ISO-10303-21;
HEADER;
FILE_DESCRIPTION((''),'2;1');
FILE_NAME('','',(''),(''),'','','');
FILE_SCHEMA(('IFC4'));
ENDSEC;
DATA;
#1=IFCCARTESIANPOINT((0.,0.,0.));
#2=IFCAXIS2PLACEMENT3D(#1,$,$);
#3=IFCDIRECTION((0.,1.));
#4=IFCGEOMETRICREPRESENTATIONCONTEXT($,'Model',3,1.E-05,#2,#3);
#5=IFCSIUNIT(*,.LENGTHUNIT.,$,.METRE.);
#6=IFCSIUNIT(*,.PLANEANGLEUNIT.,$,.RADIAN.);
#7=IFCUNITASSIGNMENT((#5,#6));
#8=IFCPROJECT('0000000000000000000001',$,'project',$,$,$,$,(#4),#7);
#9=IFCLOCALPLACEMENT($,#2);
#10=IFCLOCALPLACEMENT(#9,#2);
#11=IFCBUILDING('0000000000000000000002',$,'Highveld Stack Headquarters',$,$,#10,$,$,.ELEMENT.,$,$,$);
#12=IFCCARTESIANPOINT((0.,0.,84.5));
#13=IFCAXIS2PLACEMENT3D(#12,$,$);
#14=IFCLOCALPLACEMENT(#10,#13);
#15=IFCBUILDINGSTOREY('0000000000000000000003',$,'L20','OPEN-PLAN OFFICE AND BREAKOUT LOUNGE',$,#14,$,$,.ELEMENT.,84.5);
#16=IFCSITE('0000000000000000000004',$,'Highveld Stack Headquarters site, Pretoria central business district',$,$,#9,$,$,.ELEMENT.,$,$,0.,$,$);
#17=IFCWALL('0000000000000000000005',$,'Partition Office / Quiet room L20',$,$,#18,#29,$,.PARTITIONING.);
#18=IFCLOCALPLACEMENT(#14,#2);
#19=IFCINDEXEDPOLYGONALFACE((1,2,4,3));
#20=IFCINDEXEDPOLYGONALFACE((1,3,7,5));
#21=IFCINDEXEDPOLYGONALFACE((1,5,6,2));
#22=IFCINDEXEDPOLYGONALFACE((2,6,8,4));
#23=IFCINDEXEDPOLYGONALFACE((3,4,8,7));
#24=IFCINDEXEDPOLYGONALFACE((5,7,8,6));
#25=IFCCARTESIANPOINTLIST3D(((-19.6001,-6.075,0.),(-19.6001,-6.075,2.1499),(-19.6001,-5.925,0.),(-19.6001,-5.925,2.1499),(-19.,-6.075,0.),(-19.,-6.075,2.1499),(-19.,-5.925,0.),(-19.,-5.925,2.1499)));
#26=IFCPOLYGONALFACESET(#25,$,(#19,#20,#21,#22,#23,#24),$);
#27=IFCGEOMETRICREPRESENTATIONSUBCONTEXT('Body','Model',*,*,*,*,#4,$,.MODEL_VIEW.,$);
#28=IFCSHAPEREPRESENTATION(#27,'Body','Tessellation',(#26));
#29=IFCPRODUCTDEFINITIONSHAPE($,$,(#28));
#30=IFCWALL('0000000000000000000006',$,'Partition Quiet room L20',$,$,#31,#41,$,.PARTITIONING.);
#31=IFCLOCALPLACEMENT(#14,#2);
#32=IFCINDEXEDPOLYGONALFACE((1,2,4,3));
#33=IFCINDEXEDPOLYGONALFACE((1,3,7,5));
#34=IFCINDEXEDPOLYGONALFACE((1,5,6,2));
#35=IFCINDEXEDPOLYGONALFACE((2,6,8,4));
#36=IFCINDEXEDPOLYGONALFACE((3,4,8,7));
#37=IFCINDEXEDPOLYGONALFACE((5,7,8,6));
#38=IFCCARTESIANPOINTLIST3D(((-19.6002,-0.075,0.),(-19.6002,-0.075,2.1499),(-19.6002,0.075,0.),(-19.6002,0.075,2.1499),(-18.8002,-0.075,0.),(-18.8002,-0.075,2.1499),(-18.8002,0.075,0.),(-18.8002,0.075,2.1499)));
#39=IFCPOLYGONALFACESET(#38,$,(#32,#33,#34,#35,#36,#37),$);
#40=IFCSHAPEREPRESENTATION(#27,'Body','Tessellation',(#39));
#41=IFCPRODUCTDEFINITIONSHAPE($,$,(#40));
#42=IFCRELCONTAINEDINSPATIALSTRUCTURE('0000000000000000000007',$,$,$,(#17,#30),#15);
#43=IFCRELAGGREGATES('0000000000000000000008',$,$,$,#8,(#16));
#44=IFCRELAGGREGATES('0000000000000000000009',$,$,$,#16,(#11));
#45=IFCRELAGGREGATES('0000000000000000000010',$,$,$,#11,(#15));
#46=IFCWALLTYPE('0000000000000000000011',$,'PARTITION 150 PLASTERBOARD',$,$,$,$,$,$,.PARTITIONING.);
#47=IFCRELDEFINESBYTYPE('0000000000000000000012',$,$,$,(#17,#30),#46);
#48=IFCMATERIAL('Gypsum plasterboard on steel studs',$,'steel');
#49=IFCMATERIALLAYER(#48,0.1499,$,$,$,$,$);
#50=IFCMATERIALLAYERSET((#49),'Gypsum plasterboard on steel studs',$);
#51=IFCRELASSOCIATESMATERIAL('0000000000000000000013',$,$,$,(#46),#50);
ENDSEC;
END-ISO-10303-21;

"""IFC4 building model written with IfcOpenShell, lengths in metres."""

from ifc_helpers import new_model, si_unit, direction, frame, frame_2d, origin, place, context, subcontext, project, spatial, rectangle, extrude, material, layer, layer_set, type_object, element, save


model = new_model("IFC4")

# Units and contexts
model_context = context("Model", 3, precision=1e-05, world=origin(), true_north=direction((0.0, 1.0)))
body_context = subcontext(model_context, "Body", "Model", "MODEL_VIEW")
ifc_project = project(units=[si_unit("LENGTHUNIT", "METRE"), si_unit("PLANEANGLEUNIT", "RADIAN")], contexts=[model_context])

# Site, building, storey
site_placement = place(None, origin())
site = spatial("IfcSite", under=ifc_project, at=site_placement, Name="Highveld Stack Headquarters site, Pretoria central business district", CompositionType="ELEMENT", RefElevation=0.0)
building_placement = place(site_placement, origin())
building = spatial("IfcBuilding", under=site, at=building_placement, Name="Highveld Stack Headquarters", CompositionType="ELEMENT")
storey_placement = place(building_placement, frame((0.0, 0.0, 84.5)))
storey = spatial("IfcBuildingStorey", under=building, at=storey_placement, Name="L20", Description="OPEN-PLAN OFFICE AND BREAKOUT LOUNGE", CompositionType="ELEMENT", Elevation=84.5)

# Walls
ifc_material_1 = material(Name="Gypsum plasterboard on steel studs", Category="steel")
ifc_layer_1 = layer(ifc_material_1, 0.1499)
ifc_layer_set_1 = layer_set([ifc_layer_1], Name="Gypsum plasterboard on steel studs")
wall_type = type_object("IfcWallType", Name="PARTITION 150 PLASTERBOARD", PredefinedType="PARTITIONING", material=ifc_layer_set_1)
wall_1_placement = place(storey_placement, frame((-19.6001, -6.0, 0.0), z_axis=(0.0, 0.0, 1.0), x_axis=(1.0, 0.0, 0.0)))
element("IfcWall", 1, at=wall_1_placement, inside=storey, type_object=wall_type, Name="Partition Office / Quiet room L20", PredefinedType="PARTITIONING", context=body_context, shape_type="SweptSolid", body=[
    extrude(rectangle(XDim=0.6001, YDim=0.1499, at=frame_2d((0.3, 0.0))), origin(), (0.0, 0.0, 1.0), 2.1499),
])
wall_2_placement = place(storey_placement, frame((-19.6001, 0.0, 0.0), z_axis=(0.0, 0.0, 1.0), x_axis=(1.0, 0.0, 0.0)))
element("IfcWall", 2, at=wall_2_placement, inside=storey, type_object=wall_type, Name="Partition Quiet room L20", PredefinedType="PARTITIONING", context=body_context, shape_type="SweptSolid", body=[
    extrude(rectangle(XDim=0.8, YDim=0.1499, at=frame_2d((0.3999, 0.0))), origin(), (0.0, 0.0, 1.0), 2.1499),
])

save(model, "model.ifc")
